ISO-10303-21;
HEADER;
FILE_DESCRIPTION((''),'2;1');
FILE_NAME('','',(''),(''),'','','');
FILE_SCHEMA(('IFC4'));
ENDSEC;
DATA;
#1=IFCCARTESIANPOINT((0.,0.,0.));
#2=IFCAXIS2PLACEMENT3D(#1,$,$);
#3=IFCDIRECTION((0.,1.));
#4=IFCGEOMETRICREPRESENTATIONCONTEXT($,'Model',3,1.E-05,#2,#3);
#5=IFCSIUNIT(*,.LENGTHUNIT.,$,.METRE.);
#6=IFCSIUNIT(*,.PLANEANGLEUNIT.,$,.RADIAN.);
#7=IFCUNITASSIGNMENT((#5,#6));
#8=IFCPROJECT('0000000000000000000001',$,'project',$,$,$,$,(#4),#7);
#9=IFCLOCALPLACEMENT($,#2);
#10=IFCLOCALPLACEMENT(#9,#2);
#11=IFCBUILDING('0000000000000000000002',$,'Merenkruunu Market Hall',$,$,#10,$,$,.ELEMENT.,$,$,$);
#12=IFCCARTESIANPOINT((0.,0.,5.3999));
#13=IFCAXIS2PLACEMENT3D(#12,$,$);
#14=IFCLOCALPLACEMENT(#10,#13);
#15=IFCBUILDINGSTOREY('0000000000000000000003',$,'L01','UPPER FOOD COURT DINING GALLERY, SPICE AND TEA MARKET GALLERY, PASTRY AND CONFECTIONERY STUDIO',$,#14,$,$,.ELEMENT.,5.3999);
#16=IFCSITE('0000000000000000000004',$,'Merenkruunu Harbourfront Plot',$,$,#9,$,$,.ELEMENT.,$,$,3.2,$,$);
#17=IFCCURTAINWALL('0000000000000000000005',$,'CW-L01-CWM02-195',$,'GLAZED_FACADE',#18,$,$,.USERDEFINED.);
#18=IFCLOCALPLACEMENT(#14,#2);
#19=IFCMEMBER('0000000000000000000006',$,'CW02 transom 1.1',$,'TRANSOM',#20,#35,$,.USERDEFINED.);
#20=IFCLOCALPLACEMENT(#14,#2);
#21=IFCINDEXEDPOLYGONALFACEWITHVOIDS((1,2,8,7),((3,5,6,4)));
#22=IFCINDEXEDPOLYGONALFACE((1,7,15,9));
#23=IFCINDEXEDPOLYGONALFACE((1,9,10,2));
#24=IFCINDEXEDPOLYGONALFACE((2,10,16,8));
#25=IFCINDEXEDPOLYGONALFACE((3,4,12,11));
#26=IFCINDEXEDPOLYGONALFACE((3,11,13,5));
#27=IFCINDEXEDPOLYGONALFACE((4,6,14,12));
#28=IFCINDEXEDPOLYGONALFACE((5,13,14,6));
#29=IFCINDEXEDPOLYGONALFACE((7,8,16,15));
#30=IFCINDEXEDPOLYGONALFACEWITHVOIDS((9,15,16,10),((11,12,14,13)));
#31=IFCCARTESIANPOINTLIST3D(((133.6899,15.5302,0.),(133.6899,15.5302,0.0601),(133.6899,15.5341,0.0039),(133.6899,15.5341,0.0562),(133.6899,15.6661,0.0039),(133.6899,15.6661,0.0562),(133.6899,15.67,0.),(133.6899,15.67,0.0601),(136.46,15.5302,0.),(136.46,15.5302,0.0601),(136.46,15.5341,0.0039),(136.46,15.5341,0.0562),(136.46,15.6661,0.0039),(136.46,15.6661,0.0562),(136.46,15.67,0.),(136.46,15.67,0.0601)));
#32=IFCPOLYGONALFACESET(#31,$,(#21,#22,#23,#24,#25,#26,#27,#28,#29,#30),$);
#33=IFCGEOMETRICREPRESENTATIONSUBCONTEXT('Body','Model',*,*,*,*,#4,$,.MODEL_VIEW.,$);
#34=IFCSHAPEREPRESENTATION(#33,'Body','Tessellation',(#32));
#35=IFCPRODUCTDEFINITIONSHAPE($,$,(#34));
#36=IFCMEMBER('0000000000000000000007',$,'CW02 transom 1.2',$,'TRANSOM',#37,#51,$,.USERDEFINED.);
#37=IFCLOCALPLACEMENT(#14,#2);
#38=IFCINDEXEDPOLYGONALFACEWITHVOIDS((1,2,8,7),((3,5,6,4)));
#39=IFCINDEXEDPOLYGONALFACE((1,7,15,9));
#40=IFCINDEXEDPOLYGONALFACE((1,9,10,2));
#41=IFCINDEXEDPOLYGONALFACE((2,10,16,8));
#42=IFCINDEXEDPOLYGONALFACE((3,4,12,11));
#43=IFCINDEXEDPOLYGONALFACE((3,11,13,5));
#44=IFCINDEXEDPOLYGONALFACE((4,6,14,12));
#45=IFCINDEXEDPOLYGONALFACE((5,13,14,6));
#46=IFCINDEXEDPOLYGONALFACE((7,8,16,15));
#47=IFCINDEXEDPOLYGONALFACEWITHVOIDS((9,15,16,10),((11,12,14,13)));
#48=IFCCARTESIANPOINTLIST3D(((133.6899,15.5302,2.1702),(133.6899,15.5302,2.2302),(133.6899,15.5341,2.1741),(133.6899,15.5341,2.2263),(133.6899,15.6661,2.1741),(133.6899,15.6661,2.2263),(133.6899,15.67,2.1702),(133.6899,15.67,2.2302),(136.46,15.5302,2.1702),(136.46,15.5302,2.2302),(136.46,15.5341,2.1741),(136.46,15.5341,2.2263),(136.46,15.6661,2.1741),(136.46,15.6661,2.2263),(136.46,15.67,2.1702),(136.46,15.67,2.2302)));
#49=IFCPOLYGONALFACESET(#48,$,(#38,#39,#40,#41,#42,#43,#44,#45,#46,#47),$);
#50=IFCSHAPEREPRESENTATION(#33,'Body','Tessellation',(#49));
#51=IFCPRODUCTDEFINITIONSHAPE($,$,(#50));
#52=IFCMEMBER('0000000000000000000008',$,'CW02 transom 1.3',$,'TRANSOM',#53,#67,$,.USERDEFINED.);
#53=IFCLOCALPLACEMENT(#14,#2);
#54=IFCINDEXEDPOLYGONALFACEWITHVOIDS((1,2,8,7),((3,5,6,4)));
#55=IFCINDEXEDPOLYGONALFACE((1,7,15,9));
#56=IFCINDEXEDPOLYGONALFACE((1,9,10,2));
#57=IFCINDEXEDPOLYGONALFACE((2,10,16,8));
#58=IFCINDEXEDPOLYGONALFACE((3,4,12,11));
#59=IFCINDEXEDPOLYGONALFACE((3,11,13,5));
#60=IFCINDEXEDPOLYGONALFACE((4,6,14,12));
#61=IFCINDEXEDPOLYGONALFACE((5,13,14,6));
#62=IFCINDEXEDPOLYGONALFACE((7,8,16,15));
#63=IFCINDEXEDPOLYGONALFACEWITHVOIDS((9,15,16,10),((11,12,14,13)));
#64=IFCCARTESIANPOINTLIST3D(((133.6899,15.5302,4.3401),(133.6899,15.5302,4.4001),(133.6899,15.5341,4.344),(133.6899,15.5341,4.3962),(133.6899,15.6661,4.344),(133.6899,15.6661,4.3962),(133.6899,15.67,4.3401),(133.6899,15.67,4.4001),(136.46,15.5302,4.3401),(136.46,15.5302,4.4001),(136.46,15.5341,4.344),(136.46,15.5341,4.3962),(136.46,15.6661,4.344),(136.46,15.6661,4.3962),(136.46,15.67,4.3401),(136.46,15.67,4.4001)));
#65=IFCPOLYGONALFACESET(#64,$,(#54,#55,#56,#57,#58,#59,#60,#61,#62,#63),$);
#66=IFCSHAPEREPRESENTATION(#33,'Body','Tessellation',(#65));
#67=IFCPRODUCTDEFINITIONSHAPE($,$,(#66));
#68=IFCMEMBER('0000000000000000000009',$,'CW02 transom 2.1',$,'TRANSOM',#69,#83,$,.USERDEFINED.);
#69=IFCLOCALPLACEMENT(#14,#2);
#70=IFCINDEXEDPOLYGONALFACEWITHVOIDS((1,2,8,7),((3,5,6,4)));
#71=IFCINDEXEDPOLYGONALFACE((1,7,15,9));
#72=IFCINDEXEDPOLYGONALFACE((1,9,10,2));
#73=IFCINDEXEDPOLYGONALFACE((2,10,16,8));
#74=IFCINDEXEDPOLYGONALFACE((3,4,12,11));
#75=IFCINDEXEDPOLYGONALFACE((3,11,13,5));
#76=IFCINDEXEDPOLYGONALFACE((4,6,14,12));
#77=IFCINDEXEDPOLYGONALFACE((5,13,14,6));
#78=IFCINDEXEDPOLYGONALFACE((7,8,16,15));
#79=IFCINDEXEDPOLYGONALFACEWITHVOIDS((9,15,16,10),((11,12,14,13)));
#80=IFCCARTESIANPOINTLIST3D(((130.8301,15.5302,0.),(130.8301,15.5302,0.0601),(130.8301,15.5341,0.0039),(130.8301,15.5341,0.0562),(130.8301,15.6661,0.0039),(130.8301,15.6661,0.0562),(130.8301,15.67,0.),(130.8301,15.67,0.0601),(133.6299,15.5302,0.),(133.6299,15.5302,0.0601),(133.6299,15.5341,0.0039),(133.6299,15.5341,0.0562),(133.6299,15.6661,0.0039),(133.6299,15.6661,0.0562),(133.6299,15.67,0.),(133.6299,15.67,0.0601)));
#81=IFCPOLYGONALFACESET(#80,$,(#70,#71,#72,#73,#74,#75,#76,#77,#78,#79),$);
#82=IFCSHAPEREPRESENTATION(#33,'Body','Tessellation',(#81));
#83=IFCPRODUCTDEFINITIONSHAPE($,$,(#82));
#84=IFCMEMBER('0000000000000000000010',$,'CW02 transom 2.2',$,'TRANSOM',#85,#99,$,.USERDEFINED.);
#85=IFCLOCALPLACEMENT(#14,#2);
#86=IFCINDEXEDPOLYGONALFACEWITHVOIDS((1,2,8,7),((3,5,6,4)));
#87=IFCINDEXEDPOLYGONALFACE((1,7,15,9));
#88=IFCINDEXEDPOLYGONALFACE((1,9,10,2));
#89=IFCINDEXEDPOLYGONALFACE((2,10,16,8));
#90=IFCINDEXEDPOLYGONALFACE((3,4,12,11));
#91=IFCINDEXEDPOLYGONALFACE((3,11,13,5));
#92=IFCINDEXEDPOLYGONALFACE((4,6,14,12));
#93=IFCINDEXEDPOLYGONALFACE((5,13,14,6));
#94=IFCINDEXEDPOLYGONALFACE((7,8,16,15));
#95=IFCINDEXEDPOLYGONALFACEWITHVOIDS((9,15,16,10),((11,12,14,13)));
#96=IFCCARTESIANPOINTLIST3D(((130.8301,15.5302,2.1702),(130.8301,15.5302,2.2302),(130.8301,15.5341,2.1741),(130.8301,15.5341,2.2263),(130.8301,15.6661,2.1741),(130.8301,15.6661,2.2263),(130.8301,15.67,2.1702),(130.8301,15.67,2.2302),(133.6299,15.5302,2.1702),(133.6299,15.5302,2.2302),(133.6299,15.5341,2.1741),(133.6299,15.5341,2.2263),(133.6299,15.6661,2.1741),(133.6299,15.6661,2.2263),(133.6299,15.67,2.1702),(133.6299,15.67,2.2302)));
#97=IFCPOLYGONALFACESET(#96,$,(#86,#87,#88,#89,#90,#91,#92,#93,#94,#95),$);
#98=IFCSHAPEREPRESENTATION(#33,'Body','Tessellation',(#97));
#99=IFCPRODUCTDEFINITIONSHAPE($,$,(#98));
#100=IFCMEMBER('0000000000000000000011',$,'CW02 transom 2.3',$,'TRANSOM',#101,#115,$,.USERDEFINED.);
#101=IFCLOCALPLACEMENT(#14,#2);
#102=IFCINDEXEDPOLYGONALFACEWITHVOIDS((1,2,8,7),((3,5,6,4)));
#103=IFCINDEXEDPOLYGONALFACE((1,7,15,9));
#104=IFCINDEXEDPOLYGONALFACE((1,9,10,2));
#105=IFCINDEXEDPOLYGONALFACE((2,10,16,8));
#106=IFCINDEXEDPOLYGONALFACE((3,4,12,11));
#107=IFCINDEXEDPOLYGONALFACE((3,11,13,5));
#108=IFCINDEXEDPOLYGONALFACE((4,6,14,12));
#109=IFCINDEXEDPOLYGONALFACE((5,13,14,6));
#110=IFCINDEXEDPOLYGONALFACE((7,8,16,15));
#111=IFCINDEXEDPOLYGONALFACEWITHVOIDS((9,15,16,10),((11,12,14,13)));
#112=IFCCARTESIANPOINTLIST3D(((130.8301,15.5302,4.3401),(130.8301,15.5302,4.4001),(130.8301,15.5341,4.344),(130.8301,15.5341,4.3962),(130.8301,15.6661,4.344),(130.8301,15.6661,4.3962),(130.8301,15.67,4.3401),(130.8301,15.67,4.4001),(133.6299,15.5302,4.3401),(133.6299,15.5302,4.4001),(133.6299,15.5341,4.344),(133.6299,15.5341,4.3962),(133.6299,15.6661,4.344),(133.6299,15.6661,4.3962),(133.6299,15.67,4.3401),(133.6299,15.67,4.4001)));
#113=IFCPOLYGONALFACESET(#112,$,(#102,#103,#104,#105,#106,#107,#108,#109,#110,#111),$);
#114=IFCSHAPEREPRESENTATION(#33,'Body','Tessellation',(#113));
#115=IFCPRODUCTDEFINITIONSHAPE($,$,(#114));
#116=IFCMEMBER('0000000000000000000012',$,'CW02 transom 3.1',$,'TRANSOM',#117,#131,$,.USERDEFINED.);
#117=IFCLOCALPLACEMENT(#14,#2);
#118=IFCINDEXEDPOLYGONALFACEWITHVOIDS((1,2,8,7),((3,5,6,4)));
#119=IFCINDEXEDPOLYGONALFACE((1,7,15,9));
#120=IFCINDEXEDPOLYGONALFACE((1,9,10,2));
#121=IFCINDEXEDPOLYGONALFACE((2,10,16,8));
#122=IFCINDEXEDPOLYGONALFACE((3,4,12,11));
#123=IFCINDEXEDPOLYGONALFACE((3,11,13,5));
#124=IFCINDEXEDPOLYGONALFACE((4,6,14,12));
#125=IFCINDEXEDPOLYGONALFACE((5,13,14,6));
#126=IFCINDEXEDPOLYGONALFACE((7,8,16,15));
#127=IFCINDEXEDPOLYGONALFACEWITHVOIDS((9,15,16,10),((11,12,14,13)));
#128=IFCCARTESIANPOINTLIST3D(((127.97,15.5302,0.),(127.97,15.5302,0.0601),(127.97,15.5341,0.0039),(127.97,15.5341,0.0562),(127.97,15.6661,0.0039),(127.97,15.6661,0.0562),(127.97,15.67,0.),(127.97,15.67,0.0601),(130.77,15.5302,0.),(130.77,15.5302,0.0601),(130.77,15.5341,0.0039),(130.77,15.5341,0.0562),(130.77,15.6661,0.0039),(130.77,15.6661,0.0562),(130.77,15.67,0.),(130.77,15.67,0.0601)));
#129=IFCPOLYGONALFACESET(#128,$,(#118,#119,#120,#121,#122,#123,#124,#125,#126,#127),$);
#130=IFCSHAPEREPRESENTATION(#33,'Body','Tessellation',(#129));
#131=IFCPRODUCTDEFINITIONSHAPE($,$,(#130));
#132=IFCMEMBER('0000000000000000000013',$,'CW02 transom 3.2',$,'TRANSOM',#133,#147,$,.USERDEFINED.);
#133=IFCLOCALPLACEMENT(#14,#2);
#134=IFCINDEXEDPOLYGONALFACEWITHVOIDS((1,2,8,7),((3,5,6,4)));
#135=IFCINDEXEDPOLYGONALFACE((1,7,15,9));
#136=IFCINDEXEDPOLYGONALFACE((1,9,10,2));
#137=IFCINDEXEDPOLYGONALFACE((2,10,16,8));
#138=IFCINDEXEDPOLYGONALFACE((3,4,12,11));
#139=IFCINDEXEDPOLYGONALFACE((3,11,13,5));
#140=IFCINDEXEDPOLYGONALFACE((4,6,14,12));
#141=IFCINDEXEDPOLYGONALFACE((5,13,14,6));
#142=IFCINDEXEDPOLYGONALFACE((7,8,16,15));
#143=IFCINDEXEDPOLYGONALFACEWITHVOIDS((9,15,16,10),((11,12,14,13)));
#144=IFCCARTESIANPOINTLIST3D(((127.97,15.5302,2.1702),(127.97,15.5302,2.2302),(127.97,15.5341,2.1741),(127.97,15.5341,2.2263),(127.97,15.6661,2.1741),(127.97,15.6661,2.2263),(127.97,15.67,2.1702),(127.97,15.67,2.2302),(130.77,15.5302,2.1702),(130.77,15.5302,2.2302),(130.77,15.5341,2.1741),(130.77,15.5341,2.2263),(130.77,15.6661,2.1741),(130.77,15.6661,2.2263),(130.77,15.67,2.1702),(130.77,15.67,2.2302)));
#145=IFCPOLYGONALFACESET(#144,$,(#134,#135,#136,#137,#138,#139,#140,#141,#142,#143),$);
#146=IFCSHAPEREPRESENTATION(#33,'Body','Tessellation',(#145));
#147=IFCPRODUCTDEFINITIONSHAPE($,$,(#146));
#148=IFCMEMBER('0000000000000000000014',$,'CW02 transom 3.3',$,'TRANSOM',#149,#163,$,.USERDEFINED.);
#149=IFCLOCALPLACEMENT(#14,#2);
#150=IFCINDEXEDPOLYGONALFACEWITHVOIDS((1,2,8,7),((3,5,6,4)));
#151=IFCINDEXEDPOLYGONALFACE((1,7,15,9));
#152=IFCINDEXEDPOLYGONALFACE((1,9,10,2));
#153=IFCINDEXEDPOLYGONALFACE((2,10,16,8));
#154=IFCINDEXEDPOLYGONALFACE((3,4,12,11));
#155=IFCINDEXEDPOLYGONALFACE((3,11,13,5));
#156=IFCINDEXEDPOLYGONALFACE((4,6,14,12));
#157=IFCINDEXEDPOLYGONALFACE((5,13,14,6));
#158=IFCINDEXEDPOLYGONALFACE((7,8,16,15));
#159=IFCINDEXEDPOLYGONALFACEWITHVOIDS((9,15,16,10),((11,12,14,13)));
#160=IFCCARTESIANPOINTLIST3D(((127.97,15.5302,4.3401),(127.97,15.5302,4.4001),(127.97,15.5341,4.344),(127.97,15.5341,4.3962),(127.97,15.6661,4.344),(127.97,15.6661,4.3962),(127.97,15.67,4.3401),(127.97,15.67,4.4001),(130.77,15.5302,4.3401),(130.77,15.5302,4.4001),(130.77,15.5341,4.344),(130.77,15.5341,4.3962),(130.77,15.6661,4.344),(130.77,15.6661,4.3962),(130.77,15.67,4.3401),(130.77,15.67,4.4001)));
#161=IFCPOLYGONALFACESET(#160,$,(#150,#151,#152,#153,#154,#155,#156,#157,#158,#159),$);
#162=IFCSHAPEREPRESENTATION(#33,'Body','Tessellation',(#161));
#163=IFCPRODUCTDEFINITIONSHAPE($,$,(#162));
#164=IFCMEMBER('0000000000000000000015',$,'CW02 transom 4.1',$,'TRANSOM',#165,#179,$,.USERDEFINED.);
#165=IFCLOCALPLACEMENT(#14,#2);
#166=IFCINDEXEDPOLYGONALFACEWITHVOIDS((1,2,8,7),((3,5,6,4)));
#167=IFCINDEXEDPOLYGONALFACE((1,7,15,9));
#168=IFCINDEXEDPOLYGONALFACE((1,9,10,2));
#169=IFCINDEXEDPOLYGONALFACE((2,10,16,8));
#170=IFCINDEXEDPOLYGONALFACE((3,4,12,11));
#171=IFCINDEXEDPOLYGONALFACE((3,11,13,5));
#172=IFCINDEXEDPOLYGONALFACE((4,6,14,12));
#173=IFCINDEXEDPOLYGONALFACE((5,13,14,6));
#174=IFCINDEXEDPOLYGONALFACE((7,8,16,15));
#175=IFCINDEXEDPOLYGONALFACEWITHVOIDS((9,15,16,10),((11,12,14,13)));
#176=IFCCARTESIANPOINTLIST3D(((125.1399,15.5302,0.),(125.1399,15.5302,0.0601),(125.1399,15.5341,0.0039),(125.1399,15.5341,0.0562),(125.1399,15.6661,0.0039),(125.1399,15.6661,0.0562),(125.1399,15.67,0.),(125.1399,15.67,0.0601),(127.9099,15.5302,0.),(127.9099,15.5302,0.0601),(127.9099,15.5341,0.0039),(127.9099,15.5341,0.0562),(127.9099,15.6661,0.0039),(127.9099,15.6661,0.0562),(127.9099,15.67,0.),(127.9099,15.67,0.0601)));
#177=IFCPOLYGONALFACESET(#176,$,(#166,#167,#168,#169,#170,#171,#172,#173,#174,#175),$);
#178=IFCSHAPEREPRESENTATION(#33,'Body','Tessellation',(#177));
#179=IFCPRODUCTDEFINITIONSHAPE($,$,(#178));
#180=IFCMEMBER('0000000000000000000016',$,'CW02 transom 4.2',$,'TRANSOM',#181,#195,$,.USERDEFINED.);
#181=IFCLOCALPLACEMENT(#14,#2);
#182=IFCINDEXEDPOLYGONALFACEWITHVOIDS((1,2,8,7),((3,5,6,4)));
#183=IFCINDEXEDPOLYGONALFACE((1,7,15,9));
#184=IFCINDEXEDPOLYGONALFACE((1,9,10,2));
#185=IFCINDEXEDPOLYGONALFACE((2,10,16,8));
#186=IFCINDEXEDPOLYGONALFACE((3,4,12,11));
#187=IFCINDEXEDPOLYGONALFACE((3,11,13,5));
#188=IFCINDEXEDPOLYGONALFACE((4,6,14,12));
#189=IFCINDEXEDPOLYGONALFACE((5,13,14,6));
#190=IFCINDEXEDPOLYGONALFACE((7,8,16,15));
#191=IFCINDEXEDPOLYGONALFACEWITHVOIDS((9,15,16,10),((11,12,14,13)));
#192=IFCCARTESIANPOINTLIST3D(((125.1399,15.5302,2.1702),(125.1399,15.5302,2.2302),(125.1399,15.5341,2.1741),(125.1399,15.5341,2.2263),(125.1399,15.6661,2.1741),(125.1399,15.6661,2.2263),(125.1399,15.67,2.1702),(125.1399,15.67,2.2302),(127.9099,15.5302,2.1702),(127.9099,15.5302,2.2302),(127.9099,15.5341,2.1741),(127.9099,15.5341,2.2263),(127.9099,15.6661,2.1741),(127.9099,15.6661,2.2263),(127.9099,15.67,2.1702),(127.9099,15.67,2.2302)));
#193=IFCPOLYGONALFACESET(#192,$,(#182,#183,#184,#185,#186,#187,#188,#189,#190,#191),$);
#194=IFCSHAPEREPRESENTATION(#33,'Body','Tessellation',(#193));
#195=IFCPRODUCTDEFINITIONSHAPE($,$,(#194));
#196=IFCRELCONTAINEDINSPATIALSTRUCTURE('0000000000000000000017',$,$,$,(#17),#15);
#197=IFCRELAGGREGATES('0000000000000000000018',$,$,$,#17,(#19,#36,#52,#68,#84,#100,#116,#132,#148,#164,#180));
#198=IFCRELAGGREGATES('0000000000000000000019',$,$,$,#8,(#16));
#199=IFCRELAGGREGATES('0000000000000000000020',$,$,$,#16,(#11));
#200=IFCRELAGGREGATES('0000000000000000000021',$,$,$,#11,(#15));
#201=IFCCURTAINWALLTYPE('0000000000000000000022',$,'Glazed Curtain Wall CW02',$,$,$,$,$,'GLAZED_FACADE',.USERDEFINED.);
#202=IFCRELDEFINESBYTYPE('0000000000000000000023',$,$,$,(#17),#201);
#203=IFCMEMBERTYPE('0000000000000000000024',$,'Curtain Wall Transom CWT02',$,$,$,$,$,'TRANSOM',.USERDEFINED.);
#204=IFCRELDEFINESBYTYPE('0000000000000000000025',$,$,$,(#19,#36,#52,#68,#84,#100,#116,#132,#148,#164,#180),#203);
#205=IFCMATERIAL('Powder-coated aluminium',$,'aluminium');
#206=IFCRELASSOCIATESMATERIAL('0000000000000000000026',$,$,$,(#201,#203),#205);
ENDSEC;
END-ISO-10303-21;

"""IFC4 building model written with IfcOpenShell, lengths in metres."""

from ifc_helpers import new_model, si_unit, direction, frame, origin, origin_2d, place, context, subcontext, project, spatial, hollow_rectangle, extrude, material, material_profile, profile_set, type_object, element, aggregate, save


model = new_model("IFC4")

# Units and contexts
model_context = context("Model", 3, precision=1e-05, world=origin(), true_north=direction((0.0, 1.0)))
body_context = subcontext(model_context, "Body", "Model", "MODEL_VIEW")
ifc_project = project(units=[si_unit("LENGTHUNIT", "METRE"), si_unit("PLANEANGLEUNIT", "RADIAN")], contexts=[model_context])

# Site, building, storey
site_placement = place(None, origin())
site = spatial("IfcSite", under=ifc_project, at=site_placement, Name="Merenkruunu Harbourfront Plot", CompositionType="ELEMENT", RefElevation=3.2)
building_placement = place(site_placement, origin())
building = spatial("IfcBuilding", under=site, at=building_placement, Name="Merenkruunu Market Hall", CompositionType="ELEMENT")
storey_placement = place(building_placement, frame((0.0, 0.0, 5.3999)))
storey = spatial("IfcBuildingStorey", under=building, at=storey_placement, Name="L01", Description="UPPER FOOD COURT DINING GALLERY, SPICE AND TEA MARKET GALLERY, PASTRY AND CONFECTIONERY STUDIO", CompositionType="ELEMENT", Elevation=5.3999)

# Curtain wall, members
ifc_material_1 = material(Name="Powder-coated aluminium", Category="aluminium")
curtain_wall_type = type_object("IfcCurtainWallType", Name="Glazed Curtain Wall CW02", ElementType="GLAZED_FACADE", PredefinedType="USERDEFINED", material=ifc_material_1)
curtain_wall_placement = place(storey_placement, origin())
curtain_wall = element("IfcCurtainWall", 1, at=curtain_wall_placement, inside=storey, type_object=curtain_wall_type, Name="CW-L01-CWM02-195", ObjectType="GLAZED_FACADE", PredefinedType="USERDEFINED")
ifc_material_profile_1 = material_profile(ifc_material_1, hollow_rectangle(XDim=0.0601, YDim=0.1399, WallThickness=0.0039, at=origin_2d()), Name="ALU 60x140x4")
ifc_profile_set_1 = profile_set([ifc_material_profile_1], Name="Powder-coated aluminium")
member_type_1 = type_object("IfcMemberType", Name="Curtain Wall Transom CWT02", ElementType="TRANSOM", PredefinedType="USERDEFINED", material=ifc_profile_set_1)
member_1_placement = place(storey_placement, frame((136.46, 15.6001, 0.03), z_axis=(-1.0, 0.0, 0.0), x_axis=(0.0, 0.0, 1.0)))
member_1 = element("IfcMember", 2, at=member_1_placement, type_object=member_type_1, Name="CW02 transom 1.1", ObjectType="TRANSOM", PredefinedType="USERDEFINED", context=body_context, shape_type="SweptSolid", body=[
    extrude(hollow_rectangle(XDim=0.0601, YDim=0.1399, WallThickness=0.0039, at=origin_2d()), origin(), (0.0, 0.0, 1.0), 2.77),
])
member_2_placement = place(storey_placement, frame((136.46, 15.6001, 2.2002), z_axis=(-1.0, 0.0, 0.0), x_axis=(0.0, 0.0, 1.0)))
member_2 = element("IfcMember", 3, at=member_2_placement, type_object=member_type_1, Name="CW02 transom 1.2", ObjectType="TRANSOM", PredefinedType="USERDEFINED", context=body_context, shape_type="SweptSolid", body=[
    extrude(hollow_rectangle(XDim=0.0601, YDim=0.1399, WallThickness=0.0039, at=origin_2d()), origin(), (0.0, 0.0, 1.0), 2.77),
])
member_3_placement = place(storey_placement, frame((136.46, 15.6001, 4.3701), z_axis=(-1.0, 0.0, 0.0), x_axis=(0.0, 0.0, 1.0)))
member_3 = element("IfcMember", 4, at=member_3_placement, type_object=member_type_1, Name="CW02 transom 1.3", ObjectType="TRANSOM", PredefinedType="USERDEFINED", context=body_context, shape_type="SweptSolid", body=[
    extrude(hollow_rectangle(XDim=0.0601, YDim=0.1399, WallThickness=0.0039, at=origin_2d()), origin(), (0.0, 0.0, 1.0), 2.77),
])
member_4_placement = place(storey_placement, frame((133.6299, 15.6001, 0.03), z_axis=(-1.0, 0.0, 0.0), x_axis=(0.0, 0.0, 1.0)))
member_4 = element("IfcMember", 5, at=member_4_placement, type_object=member_type_1, Name="CW02 transom 2.1", ObjectType="TRANSOM", PredefinedType="USERDEFINED", context=body_context, shape_type="SweptSolid", body=[
    extrude(hollow_rectangle(XDim=0.0601, YDim=0.1399, WallThickness=0.0039, at=origin_2d()), origin(), (0.0, 0.0, 1.0), 2.7998),
])
member_5_placement = place(storey_placement, frame((133.6299, 15.6001, 2.2002), z_axis=(-1.0, 0.0, 0.0), x_axis=(0.0, 0.0, 1.0)))
member_5 = element("IfcMember", 6, at=member_5_placement, type_object=member_type_1, Name="CW02 transom 2.2", ObjectType="TRANSOM", PredefinedType="USERDEFINED", context=body_context, shape_type="SweptSolid", body=[
    extrude(hollow_rectangle(XDim=0.0601, YDim=0.1399, WallThickness=0.0039, at=origin_2d()), origin(), (0.0, 0.0, 1.0), 2.7998),
])
member_6_placement = place(storey_placement, frame((133.6299, 15.6001, 4.3701), z_axis=(-1.0, 0.0, 0.0), x_axis=(0.0, 0.0, 1.0)))
member_6 = element("IfcMember", 7, at=member_6_placement, type_object=member_type_1, Name="CW02 transom 2.3", ObjectType="TRANSOM", PredefinedType="USERDEFINED", context=body_context, shape_type="SweptSolid", body=[
    extrude(hollow_rectangle(XDim=0.0601, YDim=0.1399, WallThickness=0.0039, at=origin_2d()), origin(), (0.0, 0.0, 1.0), 2.7998),
])
member_7_placement = place(storey_placement, frame((130.77, 15.6001, 0.03), z_axis=(-1.0, 0.0, 0.0), x_axis=(0.0, 0.0, 1.0)))
member_7 = element("IfcMember", 8, at=member_7_placement, type_object=member_type_1, Name="CW02 transom 3.1", ObjectType="TRANSOM", PredefinedType="USERDEFINED", context=body_context, shape_type="SweptSolid", body=[
    extrude(hollow_rectangle(XDim=0.0601, YDim=0.1399, WallThickness=0.0039, at=origin_2d()), origin(), (0.0, 0.0, 1.0), 2.8),
])
member_8_placement = place(storey_placement, frame((130.77, 15.6001, 2.2002), z_axis=(-1.0, 0.0, 0.0), x_axis=(0.0, 0.0, 1.0)))
member_8 = element("IfcMember", 9, at=member_8_placement, type_object=member_type_1, Name="CW02 transom 3.2", ObjectType="TRANSOM", PredefinedType="USERDEFINED", context=body_context, shape_type="SweptSolid", body=[
    extrude(hollow_rectangle(XDim=0.0601, YDim=0.1399, WallThickness=0.0039, at=origin_2d()), origin(), (0.0, 0.0, 1.0), 2.8),
])
member_9_placement = place(storey_placement, frame((130.77, 15.6001, 4.3701), z_axis=(-1.0, 0.0, 0.0), x_axis=(0.0, 0.0, 1.0)))
member_9 = element("IfcMember", 10, at=member_9_placement, type_object=member_type_1, Name="CW02 transom 3.3", ObjectType="TRANSOM", PredefinedType="USERDEFINED", context=body_context, shape_type="SweptSolid", body=[
    extrude(hollow_rectangle(XDim=0.0601, YDim=0.1399, WallThickness=0.0039, at=origin_2d()), origin(), (0.0, 0.0, 1.0), 2.8),
])
member_10_placement = place(storey_placement, frame((127.9099, 15.6001, 0.03), z_axis=(-1.0, 0.0, 0.0), x_axis=(0.0, 0.0, 1.0)))
member_10 = element("IfcMember", 11, at=member_10_placement, type_object=member_type_1, Name="CW02 transom 4.1", ObjectType="TRANSOM", PredefinedType="USERDEFINED", context=body_context, shape_type="SweptSolid", body=[
    extrude(hollow_rectangle(XDim=0.0601, YDim=0.1399, WallThickness=0.0039, at=origin_2d()), origin(), (0.0, 0.0, 1.0), 2.77),
])
member_11_placement = place(storey_placement, frame((127.9099, 15.6001, 2.2002), z_axis=(-1.0, 0.0, 0.0), x_axis=(0.0, 0.0, 1.0)))
member_11 = element("IfcMember", 12, at=member_11_placement, type_object=member_type_1, Name="CW02 transom 4.2", ObjectType="TRANSOM", PredefinedType="USERDEFINED", context=body_context, shape_type="SweptSolid", body=[
    extrude(hollow_rectangle(XDim=0.0601, YDim=0.1399, WallThickness=0.0039, at=origin_2d()), origin(), (0.0, 0.0, 1.0), 2.77),
])

aggregate(curtain_wall, [member_1, member_2, member_3, member_4, member_5, member_6, member_7, member_8, member_9, member_10, member_11])

save(model, "model.ifc")
